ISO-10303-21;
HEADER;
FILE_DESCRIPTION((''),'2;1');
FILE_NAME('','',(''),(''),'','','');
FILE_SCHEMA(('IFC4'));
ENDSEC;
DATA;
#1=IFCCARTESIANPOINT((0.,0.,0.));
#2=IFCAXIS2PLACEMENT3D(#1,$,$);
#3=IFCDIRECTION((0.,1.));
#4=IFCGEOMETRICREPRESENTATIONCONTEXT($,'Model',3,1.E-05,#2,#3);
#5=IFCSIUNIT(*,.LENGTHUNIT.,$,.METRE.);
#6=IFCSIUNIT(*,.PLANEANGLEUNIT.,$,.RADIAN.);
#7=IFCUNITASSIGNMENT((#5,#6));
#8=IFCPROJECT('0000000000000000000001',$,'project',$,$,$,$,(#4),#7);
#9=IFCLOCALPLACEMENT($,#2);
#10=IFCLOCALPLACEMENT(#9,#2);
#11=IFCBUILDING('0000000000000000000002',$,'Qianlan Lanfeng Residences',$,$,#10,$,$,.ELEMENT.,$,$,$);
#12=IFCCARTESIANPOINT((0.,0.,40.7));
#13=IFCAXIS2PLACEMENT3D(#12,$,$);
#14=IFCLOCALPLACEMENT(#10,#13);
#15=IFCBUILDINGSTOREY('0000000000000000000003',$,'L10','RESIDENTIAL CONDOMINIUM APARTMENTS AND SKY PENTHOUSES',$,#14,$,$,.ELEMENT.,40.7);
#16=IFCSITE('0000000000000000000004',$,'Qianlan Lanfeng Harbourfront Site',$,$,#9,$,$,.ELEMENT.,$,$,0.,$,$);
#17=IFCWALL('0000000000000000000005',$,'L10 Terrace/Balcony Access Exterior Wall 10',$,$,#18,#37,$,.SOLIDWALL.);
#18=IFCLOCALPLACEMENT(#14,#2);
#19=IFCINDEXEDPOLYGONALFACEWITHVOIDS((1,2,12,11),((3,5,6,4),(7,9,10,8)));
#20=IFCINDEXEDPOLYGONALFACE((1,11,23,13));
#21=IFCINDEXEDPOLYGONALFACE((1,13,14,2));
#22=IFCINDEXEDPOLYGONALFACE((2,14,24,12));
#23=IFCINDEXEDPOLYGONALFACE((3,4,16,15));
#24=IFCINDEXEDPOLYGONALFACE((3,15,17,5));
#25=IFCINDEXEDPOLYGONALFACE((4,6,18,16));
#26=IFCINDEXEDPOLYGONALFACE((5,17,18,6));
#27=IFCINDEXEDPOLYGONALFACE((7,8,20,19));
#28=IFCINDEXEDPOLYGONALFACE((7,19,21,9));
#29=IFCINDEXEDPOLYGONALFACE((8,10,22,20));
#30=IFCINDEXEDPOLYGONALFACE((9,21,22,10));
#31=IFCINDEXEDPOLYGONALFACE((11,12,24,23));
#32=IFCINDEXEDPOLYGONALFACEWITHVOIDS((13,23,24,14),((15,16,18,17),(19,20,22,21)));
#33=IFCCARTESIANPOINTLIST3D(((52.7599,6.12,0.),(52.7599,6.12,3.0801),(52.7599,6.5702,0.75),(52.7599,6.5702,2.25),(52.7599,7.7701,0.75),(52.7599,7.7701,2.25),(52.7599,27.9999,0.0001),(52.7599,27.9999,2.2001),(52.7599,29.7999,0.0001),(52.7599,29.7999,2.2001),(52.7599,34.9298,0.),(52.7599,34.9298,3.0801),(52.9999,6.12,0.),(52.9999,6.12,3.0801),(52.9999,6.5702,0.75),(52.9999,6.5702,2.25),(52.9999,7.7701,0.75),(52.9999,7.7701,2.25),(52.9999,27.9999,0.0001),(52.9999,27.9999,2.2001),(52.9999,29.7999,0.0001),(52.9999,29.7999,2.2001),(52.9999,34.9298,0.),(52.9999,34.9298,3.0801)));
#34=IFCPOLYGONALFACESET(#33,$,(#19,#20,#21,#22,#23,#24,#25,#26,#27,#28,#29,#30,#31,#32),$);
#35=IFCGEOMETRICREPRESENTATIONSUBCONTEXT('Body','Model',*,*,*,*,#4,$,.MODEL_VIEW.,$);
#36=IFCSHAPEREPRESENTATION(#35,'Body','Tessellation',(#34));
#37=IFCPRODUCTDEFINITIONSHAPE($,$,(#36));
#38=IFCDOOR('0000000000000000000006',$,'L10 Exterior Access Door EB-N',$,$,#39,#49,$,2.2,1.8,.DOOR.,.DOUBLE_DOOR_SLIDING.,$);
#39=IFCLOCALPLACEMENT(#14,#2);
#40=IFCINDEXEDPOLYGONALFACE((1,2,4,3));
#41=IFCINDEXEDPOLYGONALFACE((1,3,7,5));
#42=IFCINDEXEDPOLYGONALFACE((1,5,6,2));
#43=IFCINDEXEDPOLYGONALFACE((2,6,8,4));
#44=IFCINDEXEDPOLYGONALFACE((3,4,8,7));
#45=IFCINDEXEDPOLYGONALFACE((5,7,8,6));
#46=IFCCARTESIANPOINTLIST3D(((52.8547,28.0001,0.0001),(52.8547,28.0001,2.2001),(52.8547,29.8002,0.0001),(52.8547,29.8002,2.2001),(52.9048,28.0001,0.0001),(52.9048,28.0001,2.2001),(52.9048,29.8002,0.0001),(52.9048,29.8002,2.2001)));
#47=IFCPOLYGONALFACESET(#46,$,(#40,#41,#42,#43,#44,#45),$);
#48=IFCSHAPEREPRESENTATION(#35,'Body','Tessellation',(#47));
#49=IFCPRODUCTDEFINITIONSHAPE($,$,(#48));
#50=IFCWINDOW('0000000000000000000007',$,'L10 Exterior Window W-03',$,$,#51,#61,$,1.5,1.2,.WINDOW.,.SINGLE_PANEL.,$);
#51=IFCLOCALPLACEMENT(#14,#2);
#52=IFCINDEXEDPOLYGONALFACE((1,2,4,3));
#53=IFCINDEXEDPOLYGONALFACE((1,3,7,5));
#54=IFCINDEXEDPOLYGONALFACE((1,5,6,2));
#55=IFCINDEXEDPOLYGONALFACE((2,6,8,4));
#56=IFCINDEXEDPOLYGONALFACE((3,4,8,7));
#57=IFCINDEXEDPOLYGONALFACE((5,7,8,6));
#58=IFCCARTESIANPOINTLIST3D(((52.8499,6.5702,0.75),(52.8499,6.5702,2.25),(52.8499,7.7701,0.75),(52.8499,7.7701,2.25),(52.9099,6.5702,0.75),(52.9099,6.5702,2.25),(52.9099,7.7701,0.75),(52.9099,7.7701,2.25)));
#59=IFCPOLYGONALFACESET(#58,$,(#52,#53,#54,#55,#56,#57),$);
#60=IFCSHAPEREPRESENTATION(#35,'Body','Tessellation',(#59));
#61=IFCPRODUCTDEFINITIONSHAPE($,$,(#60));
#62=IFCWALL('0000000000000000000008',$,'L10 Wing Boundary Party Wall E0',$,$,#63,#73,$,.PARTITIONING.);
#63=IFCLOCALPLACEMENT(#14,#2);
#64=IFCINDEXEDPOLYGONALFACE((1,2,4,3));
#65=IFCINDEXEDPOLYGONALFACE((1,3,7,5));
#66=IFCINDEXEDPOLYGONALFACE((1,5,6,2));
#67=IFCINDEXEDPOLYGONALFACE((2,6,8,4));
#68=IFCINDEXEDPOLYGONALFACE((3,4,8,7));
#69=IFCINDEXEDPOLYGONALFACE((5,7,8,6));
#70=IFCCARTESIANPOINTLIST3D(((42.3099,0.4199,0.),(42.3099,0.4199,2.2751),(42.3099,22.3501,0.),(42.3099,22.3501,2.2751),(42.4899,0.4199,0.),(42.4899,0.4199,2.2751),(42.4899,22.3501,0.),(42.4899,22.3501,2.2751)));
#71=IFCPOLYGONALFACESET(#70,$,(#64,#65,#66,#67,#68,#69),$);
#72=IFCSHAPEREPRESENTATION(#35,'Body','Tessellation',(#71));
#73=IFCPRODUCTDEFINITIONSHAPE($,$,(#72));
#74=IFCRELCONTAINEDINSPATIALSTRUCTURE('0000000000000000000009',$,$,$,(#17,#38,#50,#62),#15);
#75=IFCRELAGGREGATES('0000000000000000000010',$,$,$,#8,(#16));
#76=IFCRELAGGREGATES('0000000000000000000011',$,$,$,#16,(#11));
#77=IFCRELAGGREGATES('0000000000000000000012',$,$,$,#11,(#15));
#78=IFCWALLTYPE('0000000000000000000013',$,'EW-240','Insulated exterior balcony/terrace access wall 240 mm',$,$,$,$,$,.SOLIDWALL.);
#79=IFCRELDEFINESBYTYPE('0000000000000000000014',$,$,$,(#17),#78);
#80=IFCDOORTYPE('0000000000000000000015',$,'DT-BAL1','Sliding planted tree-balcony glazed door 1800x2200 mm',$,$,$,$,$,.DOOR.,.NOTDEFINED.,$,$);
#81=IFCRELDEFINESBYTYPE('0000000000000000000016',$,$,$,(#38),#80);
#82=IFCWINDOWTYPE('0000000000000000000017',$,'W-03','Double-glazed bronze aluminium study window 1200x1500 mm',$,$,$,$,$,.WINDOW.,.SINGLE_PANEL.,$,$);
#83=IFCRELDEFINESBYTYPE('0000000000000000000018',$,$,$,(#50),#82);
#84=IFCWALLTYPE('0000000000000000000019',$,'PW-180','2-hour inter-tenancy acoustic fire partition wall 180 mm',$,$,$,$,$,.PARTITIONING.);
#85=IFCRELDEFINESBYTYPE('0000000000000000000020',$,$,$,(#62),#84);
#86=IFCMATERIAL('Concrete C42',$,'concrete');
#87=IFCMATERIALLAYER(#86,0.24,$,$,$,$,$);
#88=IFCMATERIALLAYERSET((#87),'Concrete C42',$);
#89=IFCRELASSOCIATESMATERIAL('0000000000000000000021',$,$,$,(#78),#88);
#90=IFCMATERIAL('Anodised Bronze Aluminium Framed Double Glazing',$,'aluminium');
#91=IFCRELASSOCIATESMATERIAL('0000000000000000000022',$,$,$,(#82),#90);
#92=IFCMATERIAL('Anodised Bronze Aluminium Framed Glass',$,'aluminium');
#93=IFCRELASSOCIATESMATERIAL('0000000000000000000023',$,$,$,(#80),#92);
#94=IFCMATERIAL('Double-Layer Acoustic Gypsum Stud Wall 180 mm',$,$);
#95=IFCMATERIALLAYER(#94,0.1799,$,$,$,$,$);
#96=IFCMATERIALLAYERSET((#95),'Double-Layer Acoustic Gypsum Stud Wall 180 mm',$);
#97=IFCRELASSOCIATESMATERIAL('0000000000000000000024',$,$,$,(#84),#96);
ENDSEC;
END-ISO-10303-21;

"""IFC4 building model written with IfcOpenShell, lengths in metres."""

from ifc_helpers import new_model, si_unit, direction, frame, frame_2d, origin, place, context, subcontext, project, spatial, rectangle, extrude, material, layer, layer_set, type_object, element, fill, save


model = new_model("IFC4")

# Units and contexts
model_context = context("Model", 3, precision=1e-05, world=origin(), true_north=direction((0.0, 1.0)))
body_context = subcontext(model_context, "Body", "Model", "MODEL_VIEW")
ifc_project = project(units=[si_unit("LENGTHUNIT", "METRE"), si_unit("PLANEANGLEUNIT", "RADIAN")], contexts=[model_context])

# Site, building, storey
site_placement = place(None, origin())
site = spatial("IfcSite", under=ifc_project, at=site_placement, Name="Qianlan Lanfeng Harbourfront Site", CompositionType="ELEMENT", RefElevation=0.0)
building_placement = place(site_placement, origin())
building = spatial("IfcBuilding", under=site, at=building_placement, Name="Qianlan Lanfeng Residences", CompositionType="ELEMENT")
storey_placement = place(building_placement, frame((0.0, 0.0, 40.7)))
storey = spatial("IfcBuildingStorey", under=building, at=storey_placement, Name="L10", Description="RESIDENTIAL CONDOMINIUM APARTMENTS AND SKY PENTHOUSES", CompositionType="ELEMENT", Elevation=40.7)

# Shared definitions
ifc_material_1 = material(Name="Concrete C42", Category="concrete")
ifc_layer_1 = layer(ifc_material_1, 0.24)
ifc_layer_set_1 = layer_set([ifc_layer_1], Name="Concrete C42")
wall_type_1 = type_object("IfcWallType", Name="EW-240", Description="Insulated exterior balcony/terrace access wall 240 mm", PredefinedType="SOLIDWALL", material=ifc_layer_set_1)
ifc_material_2 = material(Name="Anodised Bronze Aluminium Framed Double Glazing", Category="aluminium")
window_type_1 = type_object("IfcWindowType", Name="W-03", Description="Double-glazed bronze aluminium study window 1200x1500 mm", PartitioningType="SINGLE_PANEL", PredefinedType="WINDOW", material=ifc_material_2)

# Wall, openings, door, window
wall_1_placement = place(storey_placement, frame((52.8799, 6.1201, 0.0), z_axis=(0.0, 0.0, 1.0), x_axis=(0.0, 1.0, 0.0)))
wall_1 = element("IfcWall", 1, at=wall_1_placement, inside=storey, type_object=wall_type_1, Name="L10 Terrace/Balcony Access Exterior Wall 10", PredefinedType="SOLIDWALL", context=body_context, shape_type="SweptSolid", body=[
    extrude(rectangle(XDim=28.8098, YDim=0.24, at=frame_2d((14.4048, 0.0))), origin(), (0.0, 0.0, 1.0), 3.0801),
])
opening_1_placement = place(wall_1_placement, frame((21.8799, 0.0, 0.0)))
opening_1 = element("IfcOpeningElement", 2, at=opening_1_placement, cuts=wall_1, PredefinedType="OPENING", context=body_context, shape_type="SweptSolid", body=[
    extrude(rectangle(XDim=1.8, YDim=2.2, at=frame_2d((0.8999, 1.1001))), frame((0.0, 0.1299, 0.0), z_axis=(0.0, -1.0, 0.0), x_axis=(1.0, 0.0, 0.0)), (0.0, 0.0, 1.0), 0.26),
])
opening_2_placement = place(wall_1_placement, frame((0.45, 0.0, 0.75)))
opening_2 = element("IfcOpeningElement", 3, at=opening_2_placement, cuts=wall_1, PredefinedType="OPENING", context=body_context, shape_type="SweptSolid", body=[
    extrude(rectangle(XDim=1.2, YDim=1.5, at=frame_2d((0.6001, 0.75))), frame((0.0, 0.1299, 0.0), z_axis=(0.0, -1.0, 0.0), x_axis=(1.0, 0.0, 0.0)), (0.0, 0.0, 1.0), 0.26),
])
ifc_material_3 = material(Name="Anodised Bronze Aluminium Framed Glass", Category="aluminium")
door_type = type_object("IfcDoorType", Name="DT-BAL1", Description="Sliding planted tree-balcony glazed door 1800x2200 mm", OperationType="NOTDEFINED", PredefinedType="DOOR", material=ifc_material_3)
door_placement = place(opening_1_placement, frame((1.8, 0.0, 0.0), z_axis=(0.0, 0.0, 1.0), x_axis=(-1.0, 0.0, 0.0)))
door = element("IfcDoor", 4, at=door_placement, inside=storey, type_object=door_type, Name="L10 Exterior Access Door EB-N", OperationType="DOUBLE_DOOR_SLIDING", OverallHeight=2.2, OverallWidth=1.8, PredefinedType="DOOR", context=body_context, shape_type="SweptSolid", body=[
    extrude(rectangle(XDim=1.8, YDim=2.2, at=frame_2d((0.8999, 1.1001))), frame((0.0, 0.0249, 0.0), z_axis=(0.0, -1.0, 0.0), x_axis=(1.0, 0.0, 0.0)), (0.0, 0.0, 1.0), 0.05),
])
fill(opening_1, door)
window_1_placement = place(opening_2_placement, origin())
window_1 = element("IfcWindow", 5, at=window_1_placement, inside=storey, type_object=window_type_1, Name="L10 Exterior Window W-03", OverallHeight=1.5, OverallWidth=1.2, PartitioningType="SINGLE_PANEL", PredefinedType="WINDOW", context=body_context, shape_type="SweptSolid", body=[
    extrude(rectangle(XDim=1.2, YDim=1.5, at=frame_2d((0.6001, 0.75))), frame((0.0, 0.03, 0.0), z_axis=(0.0, -1.0, 0.0), x_axis=(1.0, 0.0, 0.0)), (0.0, 0.0, 1.0), 0.0601),
])
fill(opening_2, window_1)

# Wall
ifc_material_4 = material(Name="Double-Layer Acoustic Gypsum Stud Wall 180 mm")
ifc_layer_2 = layer(ifc_material_4, 0.1799)
ifc_layer_set_2 = layer_set([ifc_layer_2], Name="Double-Layer Acoustic Gypsum Stud Wall 180 mm")
wall_type_2 = type_object("IfcWallType", Name="PW-180", Description="2-hour inter-tenancy acoustic fire partition wall 180 mm", PredefinedType="PARTITIONING", material=ifc_layer_set_2)
wall_2_placement = place(storey_placement, frame((42.3999, 0.4199, 0.0), z_axis=(0.0, 0.0, 1.0), x_axis=(0.0, 1.0, 0.0)))
element("IfcWall", 6, at=wall_2_placement, inside=storey, type_object=wall_type_2, Name="L10 Wing Boundary Party Wall E0", PredefinedType="PARTITIONING", context=body_context, shape_type="SweptSolid", body=[
    extrude(rectangle(XDim=21.9302, YDim=0.1799, at=frame_2d((10.9651, 0.0))), origin(), (0.0, 0.0, 1.0), 2.2751),
])

save(model, "model.ifc")
